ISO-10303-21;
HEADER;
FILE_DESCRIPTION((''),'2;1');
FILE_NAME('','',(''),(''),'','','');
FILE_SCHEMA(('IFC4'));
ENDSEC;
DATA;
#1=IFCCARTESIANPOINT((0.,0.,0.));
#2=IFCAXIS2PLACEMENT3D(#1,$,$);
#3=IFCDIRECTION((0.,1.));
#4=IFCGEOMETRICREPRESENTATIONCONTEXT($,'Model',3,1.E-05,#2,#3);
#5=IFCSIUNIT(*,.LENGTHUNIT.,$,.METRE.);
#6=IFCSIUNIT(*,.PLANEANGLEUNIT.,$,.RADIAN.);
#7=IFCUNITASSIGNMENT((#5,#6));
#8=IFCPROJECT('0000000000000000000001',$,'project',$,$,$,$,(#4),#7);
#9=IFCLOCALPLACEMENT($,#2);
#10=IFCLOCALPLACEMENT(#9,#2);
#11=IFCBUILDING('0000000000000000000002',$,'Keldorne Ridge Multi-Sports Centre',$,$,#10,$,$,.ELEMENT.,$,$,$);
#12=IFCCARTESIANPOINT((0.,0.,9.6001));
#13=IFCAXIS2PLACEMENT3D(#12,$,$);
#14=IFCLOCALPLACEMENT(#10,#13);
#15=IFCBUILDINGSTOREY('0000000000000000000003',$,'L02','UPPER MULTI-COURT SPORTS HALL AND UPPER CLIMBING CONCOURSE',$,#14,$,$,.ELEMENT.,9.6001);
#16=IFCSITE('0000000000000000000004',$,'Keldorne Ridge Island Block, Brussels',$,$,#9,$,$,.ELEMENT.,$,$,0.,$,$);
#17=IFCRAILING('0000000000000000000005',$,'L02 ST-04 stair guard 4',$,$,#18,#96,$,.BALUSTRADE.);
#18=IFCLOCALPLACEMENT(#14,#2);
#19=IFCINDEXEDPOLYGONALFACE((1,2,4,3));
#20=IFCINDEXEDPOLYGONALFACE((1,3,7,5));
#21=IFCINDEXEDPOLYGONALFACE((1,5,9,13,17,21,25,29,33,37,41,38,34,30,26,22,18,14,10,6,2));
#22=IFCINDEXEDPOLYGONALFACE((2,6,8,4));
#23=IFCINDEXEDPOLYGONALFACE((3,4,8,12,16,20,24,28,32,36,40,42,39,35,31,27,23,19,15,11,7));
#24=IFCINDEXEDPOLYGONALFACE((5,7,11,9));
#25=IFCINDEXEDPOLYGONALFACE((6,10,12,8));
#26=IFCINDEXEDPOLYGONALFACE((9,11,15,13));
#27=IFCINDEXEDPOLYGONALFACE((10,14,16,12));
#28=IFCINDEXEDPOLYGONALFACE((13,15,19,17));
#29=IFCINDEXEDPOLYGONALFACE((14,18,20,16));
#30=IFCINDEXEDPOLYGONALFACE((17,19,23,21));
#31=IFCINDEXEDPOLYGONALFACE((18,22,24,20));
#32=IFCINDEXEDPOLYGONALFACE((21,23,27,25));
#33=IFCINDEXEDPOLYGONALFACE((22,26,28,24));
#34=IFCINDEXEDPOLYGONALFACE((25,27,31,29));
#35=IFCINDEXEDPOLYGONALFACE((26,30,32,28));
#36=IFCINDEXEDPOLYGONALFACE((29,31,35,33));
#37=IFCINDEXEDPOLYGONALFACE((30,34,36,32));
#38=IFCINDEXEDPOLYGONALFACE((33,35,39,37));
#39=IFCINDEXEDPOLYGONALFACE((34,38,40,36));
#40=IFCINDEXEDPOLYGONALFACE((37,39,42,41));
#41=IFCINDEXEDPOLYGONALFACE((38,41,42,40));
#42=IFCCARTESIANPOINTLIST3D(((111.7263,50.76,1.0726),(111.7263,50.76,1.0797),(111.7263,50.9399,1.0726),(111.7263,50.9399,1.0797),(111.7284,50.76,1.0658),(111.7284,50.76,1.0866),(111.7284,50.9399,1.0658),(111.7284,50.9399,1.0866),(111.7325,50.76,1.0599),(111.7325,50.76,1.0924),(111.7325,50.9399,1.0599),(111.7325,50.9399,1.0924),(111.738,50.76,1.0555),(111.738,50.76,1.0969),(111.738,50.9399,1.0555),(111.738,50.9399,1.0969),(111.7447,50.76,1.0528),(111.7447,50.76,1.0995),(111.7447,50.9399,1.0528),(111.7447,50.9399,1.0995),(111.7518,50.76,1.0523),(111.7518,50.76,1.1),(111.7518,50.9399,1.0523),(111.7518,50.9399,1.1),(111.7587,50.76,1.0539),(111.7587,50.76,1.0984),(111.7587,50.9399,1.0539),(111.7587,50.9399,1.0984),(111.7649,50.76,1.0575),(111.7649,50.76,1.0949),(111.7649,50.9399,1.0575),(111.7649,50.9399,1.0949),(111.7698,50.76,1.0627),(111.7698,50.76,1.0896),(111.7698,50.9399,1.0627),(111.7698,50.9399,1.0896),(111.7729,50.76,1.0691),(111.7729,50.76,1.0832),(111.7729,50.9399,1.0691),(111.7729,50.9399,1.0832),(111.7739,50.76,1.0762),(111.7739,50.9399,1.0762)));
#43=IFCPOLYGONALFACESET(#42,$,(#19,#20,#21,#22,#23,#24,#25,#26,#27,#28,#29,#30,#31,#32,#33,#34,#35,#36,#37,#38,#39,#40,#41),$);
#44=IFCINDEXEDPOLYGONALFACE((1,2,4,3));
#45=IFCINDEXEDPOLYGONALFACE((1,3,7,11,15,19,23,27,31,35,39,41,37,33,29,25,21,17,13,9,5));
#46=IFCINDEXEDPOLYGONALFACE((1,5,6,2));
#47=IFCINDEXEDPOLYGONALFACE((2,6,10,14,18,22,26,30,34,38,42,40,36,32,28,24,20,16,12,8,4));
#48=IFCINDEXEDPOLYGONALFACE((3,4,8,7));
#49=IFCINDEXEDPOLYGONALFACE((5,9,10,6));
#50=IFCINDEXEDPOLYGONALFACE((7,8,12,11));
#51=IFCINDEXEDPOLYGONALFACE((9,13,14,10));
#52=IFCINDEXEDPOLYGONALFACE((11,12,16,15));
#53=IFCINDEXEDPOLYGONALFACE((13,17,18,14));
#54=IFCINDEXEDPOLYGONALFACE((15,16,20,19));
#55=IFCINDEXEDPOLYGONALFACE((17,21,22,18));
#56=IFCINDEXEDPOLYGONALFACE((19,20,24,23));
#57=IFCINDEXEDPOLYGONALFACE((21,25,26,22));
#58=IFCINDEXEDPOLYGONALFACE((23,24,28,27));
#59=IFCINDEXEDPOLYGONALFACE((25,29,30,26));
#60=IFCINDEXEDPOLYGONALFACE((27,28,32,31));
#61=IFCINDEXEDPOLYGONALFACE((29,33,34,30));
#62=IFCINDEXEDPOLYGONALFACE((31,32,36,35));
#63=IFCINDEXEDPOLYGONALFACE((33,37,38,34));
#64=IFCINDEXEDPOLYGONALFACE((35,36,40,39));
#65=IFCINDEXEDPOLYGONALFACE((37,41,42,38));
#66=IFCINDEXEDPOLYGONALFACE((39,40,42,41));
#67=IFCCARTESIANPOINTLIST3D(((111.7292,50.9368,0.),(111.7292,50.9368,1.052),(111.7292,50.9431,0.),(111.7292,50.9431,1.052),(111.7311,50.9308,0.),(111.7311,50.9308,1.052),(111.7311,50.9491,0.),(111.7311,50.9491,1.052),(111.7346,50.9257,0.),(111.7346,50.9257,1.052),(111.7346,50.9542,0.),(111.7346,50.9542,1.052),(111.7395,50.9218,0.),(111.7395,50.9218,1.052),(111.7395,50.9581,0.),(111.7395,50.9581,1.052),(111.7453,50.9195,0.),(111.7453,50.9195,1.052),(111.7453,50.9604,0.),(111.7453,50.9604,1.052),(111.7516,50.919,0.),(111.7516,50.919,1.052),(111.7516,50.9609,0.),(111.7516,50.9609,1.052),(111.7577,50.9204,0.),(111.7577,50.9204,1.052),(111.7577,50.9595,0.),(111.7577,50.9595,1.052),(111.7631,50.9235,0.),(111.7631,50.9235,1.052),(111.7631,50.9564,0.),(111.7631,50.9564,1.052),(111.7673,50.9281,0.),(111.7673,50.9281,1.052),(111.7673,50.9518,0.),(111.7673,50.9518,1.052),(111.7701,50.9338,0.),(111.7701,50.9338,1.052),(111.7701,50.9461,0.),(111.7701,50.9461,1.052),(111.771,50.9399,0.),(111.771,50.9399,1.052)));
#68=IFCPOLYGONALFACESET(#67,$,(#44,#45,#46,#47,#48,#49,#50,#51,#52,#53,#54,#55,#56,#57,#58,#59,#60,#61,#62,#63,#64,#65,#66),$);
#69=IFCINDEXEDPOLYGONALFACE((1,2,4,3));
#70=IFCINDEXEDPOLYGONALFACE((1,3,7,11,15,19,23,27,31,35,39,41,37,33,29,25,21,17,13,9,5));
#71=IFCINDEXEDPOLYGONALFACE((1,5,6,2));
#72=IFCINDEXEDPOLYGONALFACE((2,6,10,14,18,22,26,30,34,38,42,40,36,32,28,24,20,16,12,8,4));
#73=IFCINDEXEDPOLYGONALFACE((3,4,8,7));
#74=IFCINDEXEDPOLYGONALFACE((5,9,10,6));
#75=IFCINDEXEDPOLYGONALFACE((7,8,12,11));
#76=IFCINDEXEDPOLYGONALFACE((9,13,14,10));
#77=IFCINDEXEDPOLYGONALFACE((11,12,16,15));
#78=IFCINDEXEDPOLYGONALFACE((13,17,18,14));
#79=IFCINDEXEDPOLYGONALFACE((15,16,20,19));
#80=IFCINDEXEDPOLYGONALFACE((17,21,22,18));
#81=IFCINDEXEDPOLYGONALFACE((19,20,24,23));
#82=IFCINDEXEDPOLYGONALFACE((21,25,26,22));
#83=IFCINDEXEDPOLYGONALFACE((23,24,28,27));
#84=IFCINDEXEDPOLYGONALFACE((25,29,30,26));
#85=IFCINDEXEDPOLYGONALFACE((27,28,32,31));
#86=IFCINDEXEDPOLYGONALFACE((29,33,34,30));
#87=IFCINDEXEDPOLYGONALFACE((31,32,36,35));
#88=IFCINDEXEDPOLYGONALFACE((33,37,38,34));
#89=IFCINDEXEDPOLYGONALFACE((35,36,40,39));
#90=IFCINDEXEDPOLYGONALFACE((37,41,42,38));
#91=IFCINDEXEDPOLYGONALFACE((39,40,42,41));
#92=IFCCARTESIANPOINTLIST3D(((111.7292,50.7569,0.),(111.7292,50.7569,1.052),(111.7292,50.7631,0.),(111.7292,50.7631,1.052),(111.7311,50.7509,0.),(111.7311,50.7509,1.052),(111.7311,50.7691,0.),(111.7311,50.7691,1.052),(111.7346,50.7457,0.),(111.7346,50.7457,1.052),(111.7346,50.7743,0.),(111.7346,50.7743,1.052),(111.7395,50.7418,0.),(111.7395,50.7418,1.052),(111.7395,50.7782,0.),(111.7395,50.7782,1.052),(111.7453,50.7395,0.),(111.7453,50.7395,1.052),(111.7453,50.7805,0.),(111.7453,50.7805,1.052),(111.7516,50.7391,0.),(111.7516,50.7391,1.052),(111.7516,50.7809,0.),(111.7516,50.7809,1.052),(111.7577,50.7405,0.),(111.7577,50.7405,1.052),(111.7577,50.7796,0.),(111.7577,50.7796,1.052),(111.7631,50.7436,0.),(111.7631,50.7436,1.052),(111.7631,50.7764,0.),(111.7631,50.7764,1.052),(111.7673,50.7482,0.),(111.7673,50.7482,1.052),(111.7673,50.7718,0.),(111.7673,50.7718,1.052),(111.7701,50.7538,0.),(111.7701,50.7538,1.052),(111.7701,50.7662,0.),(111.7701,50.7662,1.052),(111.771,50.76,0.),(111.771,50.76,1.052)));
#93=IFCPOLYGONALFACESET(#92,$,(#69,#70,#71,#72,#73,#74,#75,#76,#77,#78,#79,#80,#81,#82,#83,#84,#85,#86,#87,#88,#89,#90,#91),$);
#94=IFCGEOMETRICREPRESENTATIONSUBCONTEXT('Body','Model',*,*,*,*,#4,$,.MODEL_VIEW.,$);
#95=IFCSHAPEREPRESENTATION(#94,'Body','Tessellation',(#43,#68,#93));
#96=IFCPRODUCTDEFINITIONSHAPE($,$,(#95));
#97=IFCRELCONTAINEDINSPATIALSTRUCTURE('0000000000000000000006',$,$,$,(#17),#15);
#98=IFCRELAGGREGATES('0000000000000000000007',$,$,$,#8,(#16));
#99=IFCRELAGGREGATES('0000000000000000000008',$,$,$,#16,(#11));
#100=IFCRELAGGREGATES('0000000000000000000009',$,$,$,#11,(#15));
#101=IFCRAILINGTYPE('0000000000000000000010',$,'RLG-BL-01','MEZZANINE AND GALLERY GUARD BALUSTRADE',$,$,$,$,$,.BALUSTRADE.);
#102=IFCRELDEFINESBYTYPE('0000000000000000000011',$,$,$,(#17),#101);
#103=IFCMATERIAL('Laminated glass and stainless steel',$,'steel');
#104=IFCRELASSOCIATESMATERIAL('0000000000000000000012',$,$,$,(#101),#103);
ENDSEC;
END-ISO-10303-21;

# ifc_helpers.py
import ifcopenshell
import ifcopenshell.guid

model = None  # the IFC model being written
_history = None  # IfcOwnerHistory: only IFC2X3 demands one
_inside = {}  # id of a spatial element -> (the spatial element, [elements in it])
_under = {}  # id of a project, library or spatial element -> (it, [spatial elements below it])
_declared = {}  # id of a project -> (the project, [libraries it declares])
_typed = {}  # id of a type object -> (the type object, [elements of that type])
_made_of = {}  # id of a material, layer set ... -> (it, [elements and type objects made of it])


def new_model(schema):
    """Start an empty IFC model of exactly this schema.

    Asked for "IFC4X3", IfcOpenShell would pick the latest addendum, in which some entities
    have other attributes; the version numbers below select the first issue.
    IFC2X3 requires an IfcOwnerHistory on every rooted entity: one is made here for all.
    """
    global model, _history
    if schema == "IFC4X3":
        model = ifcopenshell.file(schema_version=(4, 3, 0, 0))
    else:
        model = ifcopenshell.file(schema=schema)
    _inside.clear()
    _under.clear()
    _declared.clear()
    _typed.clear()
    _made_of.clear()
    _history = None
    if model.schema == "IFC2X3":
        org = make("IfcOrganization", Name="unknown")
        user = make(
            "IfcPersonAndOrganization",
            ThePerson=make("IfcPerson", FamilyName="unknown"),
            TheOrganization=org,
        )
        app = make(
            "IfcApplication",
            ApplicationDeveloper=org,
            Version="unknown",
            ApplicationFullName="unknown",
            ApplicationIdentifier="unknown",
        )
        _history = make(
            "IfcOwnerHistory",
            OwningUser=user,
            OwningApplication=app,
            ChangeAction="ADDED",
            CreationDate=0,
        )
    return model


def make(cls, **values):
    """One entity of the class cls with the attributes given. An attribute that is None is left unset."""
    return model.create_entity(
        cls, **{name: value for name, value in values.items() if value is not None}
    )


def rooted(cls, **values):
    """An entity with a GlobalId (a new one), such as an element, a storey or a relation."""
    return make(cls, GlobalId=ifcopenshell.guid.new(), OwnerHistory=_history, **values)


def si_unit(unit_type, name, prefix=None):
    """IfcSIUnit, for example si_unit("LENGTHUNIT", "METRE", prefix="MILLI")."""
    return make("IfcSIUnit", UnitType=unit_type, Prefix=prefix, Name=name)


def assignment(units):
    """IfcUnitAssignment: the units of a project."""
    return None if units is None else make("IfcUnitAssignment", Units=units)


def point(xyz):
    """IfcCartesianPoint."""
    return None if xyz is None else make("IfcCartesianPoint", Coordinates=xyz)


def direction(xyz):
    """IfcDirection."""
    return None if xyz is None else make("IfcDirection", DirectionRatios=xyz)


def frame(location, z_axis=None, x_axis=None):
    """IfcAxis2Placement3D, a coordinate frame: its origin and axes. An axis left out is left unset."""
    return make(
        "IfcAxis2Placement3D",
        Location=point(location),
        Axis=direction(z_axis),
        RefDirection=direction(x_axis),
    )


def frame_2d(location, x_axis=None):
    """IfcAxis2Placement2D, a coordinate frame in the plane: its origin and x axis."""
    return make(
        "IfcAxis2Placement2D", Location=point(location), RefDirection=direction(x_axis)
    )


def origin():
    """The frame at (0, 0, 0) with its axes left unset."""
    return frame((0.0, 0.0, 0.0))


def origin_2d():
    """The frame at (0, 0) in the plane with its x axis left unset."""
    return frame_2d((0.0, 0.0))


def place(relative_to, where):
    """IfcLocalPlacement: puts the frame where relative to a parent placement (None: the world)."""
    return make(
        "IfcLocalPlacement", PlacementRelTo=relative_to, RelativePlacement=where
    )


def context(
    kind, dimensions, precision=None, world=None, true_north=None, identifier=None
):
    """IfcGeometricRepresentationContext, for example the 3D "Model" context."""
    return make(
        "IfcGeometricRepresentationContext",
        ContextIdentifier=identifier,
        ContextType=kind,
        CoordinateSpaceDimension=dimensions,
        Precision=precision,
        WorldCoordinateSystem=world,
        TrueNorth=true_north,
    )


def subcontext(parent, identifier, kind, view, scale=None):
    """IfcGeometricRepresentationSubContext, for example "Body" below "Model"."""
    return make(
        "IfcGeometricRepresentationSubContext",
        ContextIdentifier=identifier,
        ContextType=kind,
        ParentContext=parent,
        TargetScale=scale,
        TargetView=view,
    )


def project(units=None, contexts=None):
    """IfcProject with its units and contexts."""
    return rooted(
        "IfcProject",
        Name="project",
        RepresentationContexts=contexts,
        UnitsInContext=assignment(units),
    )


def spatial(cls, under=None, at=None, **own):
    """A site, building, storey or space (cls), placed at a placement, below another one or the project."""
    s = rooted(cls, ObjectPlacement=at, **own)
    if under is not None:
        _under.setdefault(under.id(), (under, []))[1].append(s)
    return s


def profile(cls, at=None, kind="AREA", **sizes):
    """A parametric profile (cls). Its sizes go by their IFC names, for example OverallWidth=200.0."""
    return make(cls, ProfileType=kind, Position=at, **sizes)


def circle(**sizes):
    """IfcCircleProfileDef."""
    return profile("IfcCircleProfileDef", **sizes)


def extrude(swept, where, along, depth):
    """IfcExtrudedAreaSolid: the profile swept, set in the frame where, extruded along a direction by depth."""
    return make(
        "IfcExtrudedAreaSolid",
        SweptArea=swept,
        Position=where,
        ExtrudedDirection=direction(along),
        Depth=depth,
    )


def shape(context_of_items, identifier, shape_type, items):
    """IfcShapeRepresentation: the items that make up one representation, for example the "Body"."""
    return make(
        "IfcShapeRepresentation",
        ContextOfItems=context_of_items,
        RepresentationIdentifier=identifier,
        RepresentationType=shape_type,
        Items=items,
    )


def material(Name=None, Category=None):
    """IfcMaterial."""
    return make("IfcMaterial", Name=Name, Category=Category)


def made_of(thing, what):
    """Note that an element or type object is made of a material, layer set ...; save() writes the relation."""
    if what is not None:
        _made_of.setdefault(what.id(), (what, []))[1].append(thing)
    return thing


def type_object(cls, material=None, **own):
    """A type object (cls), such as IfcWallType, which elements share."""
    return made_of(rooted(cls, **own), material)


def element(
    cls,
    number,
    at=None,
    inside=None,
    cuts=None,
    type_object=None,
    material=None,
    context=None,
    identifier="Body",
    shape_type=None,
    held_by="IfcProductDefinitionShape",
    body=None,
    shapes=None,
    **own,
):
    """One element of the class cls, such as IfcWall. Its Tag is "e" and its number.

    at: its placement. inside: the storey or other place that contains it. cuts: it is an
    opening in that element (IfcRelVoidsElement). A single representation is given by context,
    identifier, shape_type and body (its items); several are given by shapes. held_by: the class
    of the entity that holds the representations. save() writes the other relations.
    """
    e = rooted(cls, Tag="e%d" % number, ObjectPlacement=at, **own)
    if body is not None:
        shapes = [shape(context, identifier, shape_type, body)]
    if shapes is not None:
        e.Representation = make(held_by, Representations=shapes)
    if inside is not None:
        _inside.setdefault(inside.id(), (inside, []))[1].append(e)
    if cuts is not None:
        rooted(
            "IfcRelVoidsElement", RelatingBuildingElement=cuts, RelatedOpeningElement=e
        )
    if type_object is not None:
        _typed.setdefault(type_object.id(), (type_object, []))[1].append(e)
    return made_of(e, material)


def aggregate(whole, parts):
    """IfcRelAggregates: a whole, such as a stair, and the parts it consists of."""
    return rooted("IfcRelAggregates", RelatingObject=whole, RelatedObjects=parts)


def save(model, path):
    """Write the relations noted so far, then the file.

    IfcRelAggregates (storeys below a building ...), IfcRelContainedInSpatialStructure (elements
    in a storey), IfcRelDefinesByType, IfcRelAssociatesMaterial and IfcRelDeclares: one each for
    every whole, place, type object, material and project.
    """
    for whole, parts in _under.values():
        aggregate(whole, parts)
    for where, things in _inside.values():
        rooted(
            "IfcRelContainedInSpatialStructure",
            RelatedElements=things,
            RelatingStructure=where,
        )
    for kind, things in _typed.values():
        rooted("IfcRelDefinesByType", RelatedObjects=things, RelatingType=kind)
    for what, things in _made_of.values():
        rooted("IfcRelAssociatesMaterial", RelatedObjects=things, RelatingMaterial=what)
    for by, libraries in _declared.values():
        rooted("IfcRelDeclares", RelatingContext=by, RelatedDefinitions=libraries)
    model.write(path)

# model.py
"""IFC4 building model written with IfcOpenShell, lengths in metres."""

from ifc_helpers import new_model, si_unit, direction, frame, origin, origin_2d, place, context, subcontext, project, spatial, circle, extrude, material, type_object, element, save


model = new_model("IFC4")

# Units and contexts
model_context = context("Model", 3, precision=1e-05, world=origin(), true_north=direction((0.0, 1.0)))
body_context = subcontext(model_context, "Body", "Model", "MODEL_VIEW")
ifc_project = project(units=[si_unit("LENGTHUNIT", "METRE"), si_unit("PLANEANGLEUNIT", "RADIAN")], contexts=[model_context])

# Site, building, storey
site_placement = place(None, origin())
site = spatial("IfcSite", under=ifc_project, at=site_placement, Name="Keldorne Ridge Island Block, Brussels", CompositionType="ELEMENT", RefElevation=0.0)
building_placement = place(site_placement, origin())
building = spatial("IfcBuilding", under=site, at=building_placement, Name="Keldorne Ridge Multi-Sports Centre", CompositionType="ELEMENT")
storey_placement = place(building_placement, frame((0.0, 0.0, 9.6001)))
storey = spatial("IfcBuildingStorey", under=building, at=storey_placement, Name="L02", Description="UPPER MULTI-COURT SPORTS HALL AND UPPER CLIMBING CONCOURSE", CompositionType="ELEMENT", Elevation=9.6001)

# Railing
ifc_material_1 = material(Name="Laminated glass and stainless steel", Category="steel")
railing_type_1 = type_object("IfcRailingType", Name="RLG-BL-01", Description="MEZZANINE AND GALLERY GUARD BALUSTRADE", PredefinedType="BALUSTRADE", material=ifc_material_1)
railing_1_placement = place(storey_placement, frame((111.75, 50.9399, 0.0)))
element("IfcRailing", 1, at=railing_1_placement, inside=storey, type_object=railing_type_1, Name="L02 ST-04 stair guard 4", PredefinedType="BALUSTRADE", context=body_context, shape_type="SweptSolid", body=[
    extrude(circle(Radius=0.0239, at=origin_2d()), frame((0.0, 0.0, 1.0762), z_axis=(0.0, -1.0, 0.0), x_axis=(1.0, 0.0, 0.0)), (0.0, 0.0, 1.0), 0.1799),
    extrude(circle(Radius=0.021, at=origin_2d()), origin(), (0.0, 0.0, 1.0), 1.052),
    extrude(circle(Radius=0.021, at=origin_2d()), frame((0.0, -0.1799, 0.0)), (0.0, 0.0, 1.0), 1.052),
])

save(model, "model.ifc")
